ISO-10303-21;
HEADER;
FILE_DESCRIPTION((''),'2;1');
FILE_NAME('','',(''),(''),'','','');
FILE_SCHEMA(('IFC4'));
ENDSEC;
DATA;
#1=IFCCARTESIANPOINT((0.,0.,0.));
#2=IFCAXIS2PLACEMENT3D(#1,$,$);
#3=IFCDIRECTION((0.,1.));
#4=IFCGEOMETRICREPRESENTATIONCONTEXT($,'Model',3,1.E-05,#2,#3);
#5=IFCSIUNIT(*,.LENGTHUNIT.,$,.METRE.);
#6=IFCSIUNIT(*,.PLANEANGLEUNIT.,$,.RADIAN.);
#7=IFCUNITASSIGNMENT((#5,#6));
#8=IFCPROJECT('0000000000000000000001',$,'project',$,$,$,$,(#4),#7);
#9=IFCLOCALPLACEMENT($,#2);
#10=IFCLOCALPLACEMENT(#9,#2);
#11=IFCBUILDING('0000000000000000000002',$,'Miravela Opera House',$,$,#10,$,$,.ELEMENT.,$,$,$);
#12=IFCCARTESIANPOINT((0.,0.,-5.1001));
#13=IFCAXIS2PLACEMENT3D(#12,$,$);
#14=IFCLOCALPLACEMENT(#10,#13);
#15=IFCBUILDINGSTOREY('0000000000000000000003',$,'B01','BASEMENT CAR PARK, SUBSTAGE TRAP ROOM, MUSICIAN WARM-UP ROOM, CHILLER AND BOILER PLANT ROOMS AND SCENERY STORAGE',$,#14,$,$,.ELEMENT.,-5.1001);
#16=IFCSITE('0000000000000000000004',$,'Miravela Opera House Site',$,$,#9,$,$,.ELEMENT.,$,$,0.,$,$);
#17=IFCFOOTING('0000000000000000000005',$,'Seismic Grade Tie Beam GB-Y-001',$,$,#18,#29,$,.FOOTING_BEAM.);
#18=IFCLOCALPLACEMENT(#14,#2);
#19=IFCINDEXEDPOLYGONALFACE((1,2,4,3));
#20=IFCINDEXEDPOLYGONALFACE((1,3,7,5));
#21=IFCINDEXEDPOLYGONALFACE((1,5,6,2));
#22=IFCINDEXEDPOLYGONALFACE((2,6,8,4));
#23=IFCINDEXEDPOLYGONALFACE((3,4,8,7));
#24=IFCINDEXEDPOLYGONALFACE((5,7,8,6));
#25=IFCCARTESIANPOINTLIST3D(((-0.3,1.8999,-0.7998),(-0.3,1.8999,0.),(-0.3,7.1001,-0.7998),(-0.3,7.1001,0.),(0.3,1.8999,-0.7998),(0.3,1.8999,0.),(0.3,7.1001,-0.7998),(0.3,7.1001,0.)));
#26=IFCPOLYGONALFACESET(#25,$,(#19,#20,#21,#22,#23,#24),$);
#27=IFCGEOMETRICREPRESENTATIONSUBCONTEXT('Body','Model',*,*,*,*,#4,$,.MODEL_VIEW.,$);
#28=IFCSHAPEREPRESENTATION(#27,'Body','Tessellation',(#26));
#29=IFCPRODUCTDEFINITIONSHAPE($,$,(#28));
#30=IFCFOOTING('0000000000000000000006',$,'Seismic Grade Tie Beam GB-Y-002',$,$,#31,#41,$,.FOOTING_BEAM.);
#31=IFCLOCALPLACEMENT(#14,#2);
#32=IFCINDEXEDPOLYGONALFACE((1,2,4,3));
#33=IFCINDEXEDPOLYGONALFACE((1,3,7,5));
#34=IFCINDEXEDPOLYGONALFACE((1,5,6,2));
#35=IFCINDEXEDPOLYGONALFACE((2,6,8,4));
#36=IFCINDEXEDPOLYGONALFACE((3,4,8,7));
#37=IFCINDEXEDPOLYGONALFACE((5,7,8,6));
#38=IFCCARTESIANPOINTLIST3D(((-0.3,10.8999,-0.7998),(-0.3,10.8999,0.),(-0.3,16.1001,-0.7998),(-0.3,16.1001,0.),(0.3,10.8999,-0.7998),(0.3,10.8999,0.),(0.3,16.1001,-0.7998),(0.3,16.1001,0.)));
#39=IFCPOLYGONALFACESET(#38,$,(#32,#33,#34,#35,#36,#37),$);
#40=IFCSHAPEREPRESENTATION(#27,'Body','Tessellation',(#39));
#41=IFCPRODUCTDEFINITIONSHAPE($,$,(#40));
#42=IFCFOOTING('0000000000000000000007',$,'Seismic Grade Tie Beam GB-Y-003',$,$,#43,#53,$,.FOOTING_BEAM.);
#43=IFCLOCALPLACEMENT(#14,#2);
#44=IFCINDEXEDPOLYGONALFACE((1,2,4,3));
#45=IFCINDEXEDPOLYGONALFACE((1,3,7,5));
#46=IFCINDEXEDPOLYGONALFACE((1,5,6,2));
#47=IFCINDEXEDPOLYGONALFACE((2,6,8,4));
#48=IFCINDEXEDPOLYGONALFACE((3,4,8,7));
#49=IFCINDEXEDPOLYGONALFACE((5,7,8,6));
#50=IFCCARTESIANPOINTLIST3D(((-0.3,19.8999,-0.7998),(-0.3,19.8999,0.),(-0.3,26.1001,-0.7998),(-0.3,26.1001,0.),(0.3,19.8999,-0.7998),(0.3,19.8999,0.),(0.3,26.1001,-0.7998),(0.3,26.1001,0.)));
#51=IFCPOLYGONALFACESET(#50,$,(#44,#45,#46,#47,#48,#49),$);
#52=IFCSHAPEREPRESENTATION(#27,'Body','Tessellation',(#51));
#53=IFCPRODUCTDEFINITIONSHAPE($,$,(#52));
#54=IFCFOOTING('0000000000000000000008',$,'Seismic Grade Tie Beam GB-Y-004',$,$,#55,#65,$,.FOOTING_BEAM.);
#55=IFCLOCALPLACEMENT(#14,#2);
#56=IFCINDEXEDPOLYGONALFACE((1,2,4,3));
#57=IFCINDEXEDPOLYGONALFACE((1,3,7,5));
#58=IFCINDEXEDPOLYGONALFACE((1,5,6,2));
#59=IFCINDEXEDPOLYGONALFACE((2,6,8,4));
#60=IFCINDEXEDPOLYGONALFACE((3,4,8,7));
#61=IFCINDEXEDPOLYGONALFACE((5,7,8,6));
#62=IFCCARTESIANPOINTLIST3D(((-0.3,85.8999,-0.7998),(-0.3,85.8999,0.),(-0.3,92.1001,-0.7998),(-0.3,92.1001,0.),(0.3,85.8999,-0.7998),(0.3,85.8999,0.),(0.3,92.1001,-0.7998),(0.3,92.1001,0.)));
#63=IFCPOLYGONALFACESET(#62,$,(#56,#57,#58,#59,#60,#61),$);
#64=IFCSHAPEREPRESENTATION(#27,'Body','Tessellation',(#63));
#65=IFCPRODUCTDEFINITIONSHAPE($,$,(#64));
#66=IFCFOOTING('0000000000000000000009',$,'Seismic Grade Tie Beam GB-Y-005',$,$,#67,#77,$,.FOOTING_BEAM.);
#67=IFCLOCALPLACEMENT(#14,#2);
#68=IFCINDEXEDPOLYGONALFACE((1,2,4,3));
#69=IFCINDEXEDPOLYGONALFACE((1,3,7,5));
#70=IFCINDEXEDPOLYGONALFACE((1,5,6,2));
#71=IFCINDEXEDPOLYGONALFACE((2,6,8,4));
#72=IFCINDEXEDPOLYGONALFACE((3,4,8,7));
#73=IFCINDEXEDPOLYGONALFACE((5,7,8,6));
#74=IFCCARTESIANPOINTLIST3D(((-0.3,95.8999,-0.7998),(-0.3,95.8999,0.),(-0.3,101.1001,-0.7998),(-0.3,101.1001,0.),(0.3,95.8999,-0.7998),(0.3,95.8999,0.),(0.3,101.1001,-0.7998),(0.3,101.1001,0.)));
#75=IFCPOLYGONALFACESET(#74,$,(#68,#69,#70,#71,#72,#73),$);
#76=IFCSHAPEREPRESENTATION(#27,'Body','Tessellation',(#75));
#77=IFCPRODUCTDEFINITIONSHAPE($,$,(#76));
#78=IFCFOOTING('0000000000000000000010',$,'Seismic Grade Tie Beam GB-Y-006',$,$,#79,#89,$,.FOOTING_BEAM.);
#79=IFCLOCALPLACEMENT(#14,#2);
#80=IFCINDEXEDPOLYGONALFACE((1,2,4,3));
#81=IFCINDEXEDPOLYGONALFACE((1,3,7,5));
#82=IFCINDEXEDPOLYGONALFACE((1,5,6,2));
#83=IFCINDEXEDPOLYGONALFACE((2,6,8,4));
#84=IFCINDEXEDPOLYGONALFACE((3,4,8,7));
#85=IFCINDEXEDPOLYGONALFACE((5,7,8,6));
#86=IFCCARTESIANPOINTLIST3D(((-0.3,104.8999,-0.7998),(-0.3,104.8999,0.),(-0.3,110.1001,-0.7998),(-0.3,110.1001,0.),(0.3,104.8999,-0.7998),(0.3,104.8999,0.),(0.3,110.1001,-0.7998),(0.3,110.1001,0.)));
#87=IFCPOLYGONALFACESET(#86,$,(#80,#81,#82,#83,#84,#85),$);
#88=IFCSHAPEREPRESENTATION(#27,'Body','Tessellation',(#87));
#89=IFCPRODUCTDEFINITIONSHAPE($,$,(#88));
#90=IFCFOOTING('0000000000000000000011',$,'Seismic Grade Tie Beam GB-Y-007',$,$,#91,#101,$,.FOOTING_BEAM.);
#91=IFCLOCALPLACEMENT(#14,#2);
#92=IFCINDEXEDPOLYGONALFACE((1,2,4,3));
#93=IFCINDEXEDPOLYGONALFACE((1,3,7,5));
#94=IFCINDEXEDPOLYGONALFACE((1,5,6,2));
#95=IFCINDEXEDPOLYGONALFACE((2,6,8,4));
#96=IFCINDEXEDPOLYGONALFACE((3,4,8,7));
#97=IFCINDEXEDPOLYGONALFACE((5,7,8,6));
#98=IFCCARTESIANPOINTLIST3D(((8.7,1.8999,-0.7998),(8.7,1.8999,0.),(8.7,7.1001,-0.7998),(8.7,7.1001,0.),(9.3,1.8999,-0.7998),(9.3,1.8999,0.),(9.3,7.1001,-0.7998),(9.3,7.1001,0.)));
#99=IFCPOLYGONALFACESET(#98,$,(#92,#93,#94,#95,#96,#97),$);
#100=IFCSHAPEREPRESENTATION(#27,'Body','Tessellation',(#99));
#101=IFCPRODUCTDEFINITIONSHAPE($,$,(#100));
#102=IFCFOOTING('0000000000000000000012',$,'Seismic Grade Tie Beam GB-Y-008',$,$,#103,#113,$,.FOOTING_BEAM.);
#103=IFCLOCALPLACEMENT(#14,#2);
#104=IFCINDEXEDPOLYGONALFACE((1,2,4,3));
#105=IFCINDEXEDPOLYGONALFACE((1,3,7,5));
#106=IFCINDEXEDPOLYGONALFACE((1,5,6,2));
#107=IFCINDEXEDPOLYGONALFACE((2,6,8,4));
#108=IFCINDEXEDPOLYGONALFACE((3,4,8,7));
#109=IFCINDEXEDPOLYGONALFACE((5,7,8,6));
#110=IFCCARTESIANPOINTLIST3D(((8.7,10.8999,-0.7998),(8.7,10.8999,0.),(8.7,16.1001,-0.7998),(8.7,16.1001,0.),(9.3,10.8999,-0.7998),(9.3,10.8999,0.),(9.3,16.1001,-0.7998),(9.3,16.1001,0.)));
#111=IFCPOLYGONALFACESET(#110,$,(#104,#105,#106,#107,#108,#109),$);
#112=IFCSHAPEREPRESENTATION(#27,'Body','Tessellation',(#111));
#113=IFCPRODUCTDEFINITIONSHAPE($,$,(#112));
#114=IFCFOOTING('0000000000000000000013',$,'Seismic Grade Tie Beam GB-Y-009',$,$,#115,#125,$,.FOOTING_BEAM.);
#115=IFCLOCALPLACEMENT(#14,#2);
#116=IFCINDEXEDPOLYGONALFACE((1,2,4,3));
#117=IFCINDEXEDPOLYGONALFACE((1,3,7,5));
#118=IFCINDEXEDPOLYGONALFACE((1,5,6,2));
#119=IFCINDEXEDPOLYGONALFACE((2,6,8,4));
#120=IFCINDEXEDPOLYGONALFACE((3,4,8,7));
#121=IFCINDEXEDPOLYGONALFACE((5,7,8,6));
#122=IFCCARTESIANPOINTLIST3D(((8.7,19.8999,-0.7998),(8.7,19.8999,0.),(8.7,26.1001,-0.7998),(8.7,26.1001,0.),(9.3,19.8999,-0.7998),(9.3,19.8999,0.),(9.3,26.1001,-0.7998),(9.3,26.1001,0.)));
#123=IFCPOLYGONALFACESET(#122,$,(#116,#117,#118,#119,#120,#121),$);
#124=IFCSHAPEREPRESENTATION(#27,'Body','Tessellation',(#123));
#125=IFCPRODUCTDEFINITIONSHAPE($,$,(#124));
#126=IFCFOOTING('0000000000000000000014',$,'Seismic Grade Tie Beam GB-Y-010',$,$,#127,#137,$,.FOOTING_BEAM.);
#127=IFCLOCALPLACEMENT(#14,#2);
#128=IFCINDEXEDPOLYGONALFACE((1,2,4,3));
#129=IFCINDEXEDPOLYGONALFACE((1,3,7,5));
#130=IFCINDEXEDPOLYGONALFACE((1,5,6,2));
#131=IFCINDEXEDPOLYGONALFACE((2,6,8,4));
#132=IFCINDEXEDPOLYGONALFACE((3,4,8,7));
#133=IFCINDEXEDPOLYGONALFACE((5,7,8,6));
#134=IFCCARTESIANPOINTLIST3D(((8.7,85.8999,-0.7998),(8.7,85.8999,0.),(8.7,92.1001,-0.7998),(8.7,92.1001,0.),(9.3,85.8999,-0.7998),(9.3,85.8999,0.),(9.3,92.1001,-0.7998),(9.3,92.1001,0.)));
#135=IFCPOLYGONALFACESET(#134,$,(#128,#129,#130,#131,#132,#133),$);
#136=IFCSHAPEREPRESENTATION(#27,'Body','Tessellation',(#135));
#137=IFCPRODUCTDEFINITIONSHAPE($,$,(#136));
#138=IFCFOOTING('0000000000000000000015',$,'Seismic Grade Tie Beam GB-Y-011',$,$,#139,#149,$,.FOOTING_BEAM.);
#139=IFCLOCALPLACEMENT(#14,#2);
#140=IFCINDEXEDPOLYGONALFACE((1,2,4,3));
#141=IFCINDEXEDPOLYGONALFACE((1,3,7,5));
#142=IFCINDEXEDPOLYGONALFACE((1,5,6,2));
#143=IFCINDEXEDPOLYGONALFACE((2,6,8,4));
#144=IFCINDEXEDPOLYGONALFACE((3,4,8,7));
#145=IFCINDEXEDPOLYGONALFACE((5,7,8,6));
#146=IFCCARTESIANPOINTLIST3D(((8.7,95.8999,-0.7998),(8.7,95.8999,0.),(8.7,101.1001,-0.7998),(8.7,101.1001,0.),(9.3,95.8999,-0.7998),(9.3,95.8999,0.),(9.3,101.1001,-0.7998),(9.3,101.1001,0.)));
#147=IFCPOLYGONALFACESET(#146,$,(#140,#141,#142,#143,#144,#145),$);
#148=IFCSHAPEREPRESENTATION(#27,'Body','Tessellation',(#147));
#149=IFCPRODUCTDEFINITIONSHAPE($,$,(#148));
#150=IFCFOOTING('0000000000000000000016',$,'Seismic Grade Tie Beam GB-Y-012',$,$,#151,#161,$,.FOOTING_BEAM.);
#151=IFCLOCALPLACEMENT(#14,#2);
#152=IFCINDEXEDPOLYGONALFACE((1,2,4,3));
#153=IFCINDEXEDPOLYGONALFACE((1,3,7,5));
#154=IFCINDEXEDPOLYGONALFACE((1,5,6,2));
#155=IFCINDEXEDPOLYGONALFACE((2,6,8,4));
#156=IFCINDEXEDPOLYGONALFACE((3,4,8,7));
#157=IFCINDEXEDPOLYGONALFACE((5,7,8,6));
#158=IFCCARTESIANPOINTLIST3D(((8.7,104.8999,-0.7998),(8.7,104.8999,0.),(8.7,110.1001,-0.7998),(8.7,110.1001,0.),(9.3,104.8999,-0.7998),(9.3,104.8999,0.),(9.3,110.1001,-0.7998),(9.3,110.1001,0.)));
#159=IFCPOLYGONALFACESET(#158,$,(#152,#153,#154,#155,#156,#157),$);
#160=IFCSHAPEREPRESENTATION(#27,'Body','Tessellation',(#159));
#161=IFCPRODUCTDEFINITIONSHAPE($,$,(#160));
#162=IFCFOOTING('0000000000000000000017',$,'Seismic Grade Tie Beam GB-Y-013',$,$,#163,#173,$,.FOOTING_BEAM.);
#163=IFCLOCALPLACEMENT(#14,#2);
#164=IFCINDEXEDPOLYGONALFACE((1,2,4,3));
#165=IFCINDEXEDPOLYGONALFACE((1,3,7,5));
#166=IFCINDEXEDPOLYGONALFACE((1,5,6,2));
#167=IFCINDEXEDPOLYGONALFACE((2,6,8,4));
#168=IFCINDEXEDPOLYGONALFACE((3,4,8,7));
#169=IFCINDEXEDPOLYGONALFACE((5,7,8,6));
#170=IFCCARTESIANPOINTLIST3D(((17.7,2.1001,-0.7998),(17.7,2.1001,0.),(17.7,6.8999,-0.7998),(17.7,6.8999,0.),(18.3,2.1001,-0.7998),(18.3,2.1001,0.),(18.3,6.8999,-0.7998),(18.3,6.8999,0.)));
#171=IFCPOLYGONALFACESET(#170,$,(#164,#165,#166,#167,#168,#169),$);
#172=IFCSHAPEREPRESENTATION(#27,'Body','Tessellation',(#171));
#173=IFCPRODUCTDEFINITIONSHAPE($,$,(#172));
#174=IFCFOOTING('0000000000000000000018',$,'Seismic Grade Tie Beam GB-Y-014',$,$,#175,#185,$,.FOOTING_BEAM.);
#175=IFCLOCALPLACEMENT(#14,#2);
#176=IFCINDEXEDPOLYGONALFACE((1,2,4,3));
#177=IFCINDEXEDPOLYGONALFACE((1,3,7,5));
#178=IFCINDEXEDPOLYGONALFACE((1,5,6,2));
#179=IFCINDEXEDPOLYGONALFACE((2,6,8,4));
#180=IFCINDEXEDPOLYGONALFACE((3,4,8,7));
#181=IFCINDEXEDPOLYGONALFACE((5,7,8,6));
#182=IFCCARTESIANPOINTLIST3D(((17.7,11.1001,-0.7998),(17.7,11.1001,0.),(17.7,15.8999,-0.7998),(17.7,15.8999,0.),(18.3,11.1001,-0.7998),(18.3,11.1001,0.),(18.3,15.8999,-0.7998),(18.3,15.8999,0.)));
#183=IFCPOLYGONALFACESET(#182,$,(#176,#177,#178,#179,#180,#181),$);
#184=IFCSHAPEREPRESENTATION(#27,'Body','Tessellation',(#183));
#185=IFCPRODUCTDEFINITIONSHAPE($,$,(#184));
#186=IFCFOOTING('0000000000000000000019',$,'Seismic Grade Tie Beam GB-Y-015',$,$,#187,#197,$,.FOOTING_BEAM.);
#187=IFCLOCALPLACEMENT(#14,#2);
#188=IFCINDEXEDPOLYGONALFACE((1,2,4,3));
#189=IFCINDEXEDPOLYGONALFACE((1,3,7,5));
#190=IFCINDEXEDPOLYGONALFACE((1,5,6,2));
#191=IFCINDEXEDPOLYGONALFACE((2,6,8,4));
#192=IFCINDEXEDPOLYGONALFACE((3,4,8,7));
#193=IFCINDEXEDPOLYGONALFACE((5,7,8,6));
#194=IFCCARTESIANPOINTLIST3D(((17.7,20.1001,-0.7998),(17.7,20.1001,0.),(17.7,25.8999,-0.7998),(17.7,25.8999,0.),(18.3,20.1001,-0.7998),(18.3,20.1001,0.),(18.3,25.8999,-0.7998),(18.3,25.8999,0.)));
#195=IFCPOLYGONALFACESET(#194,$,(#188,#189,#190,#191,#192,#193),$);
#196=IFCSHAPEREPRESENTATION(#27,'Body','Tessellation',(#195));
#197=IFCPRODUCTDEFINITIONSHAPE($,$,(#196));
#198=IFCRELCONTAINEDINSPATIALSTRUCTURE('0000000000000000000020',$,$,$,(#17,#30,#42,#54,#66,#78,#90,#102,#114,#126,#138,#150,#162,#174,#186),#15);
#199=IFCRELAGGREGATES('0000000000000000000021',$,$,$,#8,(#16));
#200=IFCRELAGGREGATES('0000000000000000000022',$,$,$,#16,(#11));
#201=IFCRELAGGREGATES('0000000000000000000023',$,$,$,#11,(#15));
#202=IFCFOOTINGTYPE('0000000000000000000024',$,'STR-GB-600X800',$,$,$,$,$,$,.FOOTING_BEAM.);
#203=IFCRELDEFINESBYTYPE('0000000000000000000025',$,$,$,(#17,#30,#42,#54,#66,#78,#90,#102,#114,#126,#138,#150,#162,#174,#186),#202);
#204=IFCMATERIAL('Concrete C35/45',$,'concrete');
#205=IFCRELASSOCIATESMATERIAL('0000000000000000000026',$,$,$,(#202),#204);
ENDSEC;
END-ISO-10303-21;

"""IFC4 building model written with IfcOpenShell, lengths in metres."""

from ifc_helpers import new_model, si_unit, direction, frame, origin, place, context, subcontext, project, spatial, polyline, outline, extrude, material, type_object, element, save


model = new_model("IFC4")

# Units and contexts
model_context = context("Model", 3, precision=1e-05, world=origin(), true_north=direction((0.0, 1.0)))
body_context = subcontext(model_context, "Body", "Model", "MODEL_VIEW")
ifc_project = project(units=[si_unit("LENGTHUNIT", "METRE"), si_unit("PLANEANGLEUNIT", "RADIAN")], contexts=[model_context])

# Site, building, storey
site_placement = place(None, origin())
site = spatial("IfcSite", under=ifc_project, at=site_placement, Name="Miravela Opera House Site", CompositionType="ELEMENT", RefElevation=0.0)
building_placement = place(site_placement, origin())
building = spatial("IfcBuilding", under=site, at=building_placement, Name="Miravela Opera House", CompositionType="ELEMENT")
storey_placement = place(building_placement, frame((0.0, 0.0, -5.1001)))
storey = spatial("IfcBuildingStorey", under=building, at=storey_placement, Name="B01", Description="BASEMENT CAR PARK, SUBSTAGE TRAP ROOM, MUSICIAN WARM-UP ROOM, CHILLER AND BOILER PLANT ROOMS AND SCENERY STORAGE", CompositionType="ELEMENT", Elevation=-5.1001)

# Footings
ifc_material = material(Name="Concrete C35/45", Category="concrete")
footing_type_1 = type_object("IfcFootingType", Name="STR-GB-600X800", PredefinedType="FOOTING_BEAM", material=ifc_material)
footing_1_placement = place(storey_placement, frame((0.0, 0.0, -0.7998)))
element("IfcFooting", 1, at=footing_1_placement, inside=storey, type_object=footing_type_1, Name="Seismic Grade Tie Beam GB-Y-001", PredefinedType="FOOTING_BEAM", context=body_context, shape_type="SweptSolid", body=[
    extrude(outline(polyline([(-0.3, 1.8999), (0.3, 1.8999), (0.3, 7.1001), (-0.3, 7.1001), (-0.3, 1.8999)])), origin(), (0.0, 0.0, 1.0), 0.7998),
])
footing_2_placement = place(storey_placement, frame((0.0, 0.0, -0.7998)))
element("IfcFooting", 2, at=footing_2_placement, inside=storey, type_object=footing_type_1, Name="Seismic Grade Tie Beam GB-Y-002", PredefinedType="FOOTING_BEAM", context=body_context, shape_type="SweptSolid", body=[
    extrude(outline(polyline([(-0.3, 10.8999), (0.3, 10.8999), (0.3, 16.1001), (-0.3, 16.1001), (-0.3, 10.8999)])), origin(), (0.0, 0.0, 1.0), 0.7998),
])
footing_3_placement = place(storey_placement, frame((0.0, 0.0, -0.7998)))
element("IfcFooting", 3, at=footing_3_placement, inside=storey, type_object=footing_type_1, Name="Seismic Grade Tie Beam GB-Y-003", PredefinedType="FOOTING_BEAM", context=body_context, shape_type="SweptSolid", body=[
    extrude(outline(polyline([(-0.3, 19.8999), (0.3, 19.8999), (0.3, 26.1001), (-0.3, 26.1001), (-0.3, 19.8999)])), origin(), (0.0, 0.0, 1.0), 0.7998),
])
footing_4_placement = place(storey_placement, frame((0.0, 0.0, -0.7998)))
element("IfcFooting", 4, at=footing_4_placement, inside=storey, type_object=footing_type_1, Name="Seismic Grade Tie Beam GB-Y-004", PredefinedType="FOOTING_BEAM", context=body_context, shape_type="SweptSolid", body=[
    extrude(outline(polyline([(-0.3, 85.8999), (0.3, 85.8999), (0.3, 92.1001), (-0.3, 92.1001), (-0.3, 85.8999)])), origin(), (0.0, 0.0, 1.0), 0.7998),
])
footing_5_placement = place(storey_placement, frame((0.0, 0.0, -0.7998)))
element("IfcFooting", 5, at=footing_5_placement, inside=storey, type_object=footing_type_1, Name="Seismic Grade Tie Beam GB-Y-005", PredefinedType="FOOTING_BEAM", context=body_context, shape_type="SweptSolid", body=[
    extrude(outline(polyline([(-0.3, 95.8999), (0.3, 95.8999), (0.3, 101.1001), (-0.3, 101.1001), (-0.3, 95.8999)])), origin(), (0.0, 0.0, 1.0), 0.7998),
])
footing_6_placement = place(storey_placement, frame((0.0, 0.0, -0.7998)))
element("IfcFooting", 6, at=footing_6_placement, inside=storey, type_object=footing_type_1, Name="Seismic Grade Tie Beam GB-Y-006", PredefinedType="FOOTING_BEAM", context=body_context, shape_type="SweptSolid", body=[
    extrude(outline(polyline([(-0.3, 104.8999), (0.3, 104.8999), (0.3, 110.1001), (-0.3, 110.1001), (-0.3, 104.8999)])), origin(), (0.0, 0.0, 1.0), 0.7998),
])
footing_7_placement = place(storey_placement, frame((0.0, 0.0, -0.7998)))
element("IfcFooting", 7, at=footing_7_placement, inside=storey, type_object=footing_type_1, Name="Seismic Grade Tie Beam GB-Y-007", PredefinedType="FOOTING_BEAM", context=body_context, shape_type="SweptSolid", body=[
    extrude(outline(polyline([(8.7, 1.8999), (9.3, 1.8999), (9.3, 7.1001), (8.7, 7.1001), (8.7, 1.8999)])), origin(), (0.0, 0.0, 1.0), 0.7998),
])
footing_8_placement = place(storey_placement, frame((0.0, 0.0, -0.7998)))
element("IfcFooting", 8, at=footing_8_placement, inside=storey, type_object=footing_type_1, Name="Seismic Grade Tie Beam GB-Y-008", PredefinedType="FOOTING_BEAM", context=body_context, shape_type="SweptSolid", body=[
    extrude(outline(polyline([(8.7, 10.8999), (9.3, 10.8999), (9.3, 16.1001), (8.7, 16.1001), (8.7, 10.8999)])), origin(), (0.0, 0.0, 1.0), 0.7998),
])
footing_9_placement = place(storey_placement, frame((0.0, 0.0, -0.7998)))
element("IfcFooting", 9, at=footing_9_placement, inside=storey, type_object=footing_type_1, Name="Seismic Grade Tie Beam GB-Y-009", PredefinedType="FOOTING_BEAM", context=body_context, shape_type="SweptSolid", body=[
    extrude(outline(polyline([(8.7, 19.8999), (9.3, 19.8999), (9.3, 26.1001), (8.7, 26.1001), (8.7, 19.8999)])), origin(), (0.0, 0.0, 1.0), 0.7998),
])
footing_10_placement = place(storey_placement, frame((0.0, 0.0, -0.7998)))
element("IfcFooting", 10, at=footing_10_placement, inside=storey, type_object=footing_type_1, Name="Seismic Grade Tie Beam GB-Y-010", PredefinedType="FOOTING_BEAM", context=body_context, shape_type="SweptSolid", body=[
    extrude(outline(polyline([(8.7, 85.8999), (9.3, 85.8999), (9.3, 92.1001), (8.7, 92.1001), (8.7, 85.8999)])), origin(), (0.0, 0.0, 1.0), 0.7998),
])
footing_11_placement = place(storey_placement, frame((0.0, 0.0, -0.7998)))
element("IfcFooting", 11, at=footing_11_placement, inside=storey, type_object=footing_type_1, Name="Seismic Grade Tie Beam GB-Y-011", PredefinedType="FOOTING_BEAM", context=body_context, shape_type="SweptSolid", body=[
    extrude(outline(polyline([(8.7, 95.8999), (9.3, 95.8999), (9.3, 101.1001), (8.7, 101.1001), (8.7, 95.8999)])), origin(), (0.0, 0.0, 1.0), 0.7998),
])
footing_12_placement = place(storey_placement, frame((0.0, 0.0, -0.7998)))
element("IfcFooting", 12, at=footing_12_placement, inside=storey, type_object=footing_type_1, Name="Seismic Grade Tie Beam GB-Y-012", PredefinedType="FOOTING_BEAM", context=body_context, shape_type="SweptSolid", body=[
    extrude(outline(polyline([(8.7, 104.8999), (9.3, 104.8999), (9.3, 110.1001), (8.7, 110.1001), (8.7, 104.8999)])), origin(), (0.0, 0.0, 1.0), 0.7998),
])
footing_13_placement = place(storey_placement, frame((0.0, 0.0, -0.7998)))
element("IfcFooting", 13, at=footing_13_placement, inside=storey, type_object=footing_type_1, Name="Seismic Grade Tie Beam GB-Y-013", PredefinedType="FOOTING_BEAM", context=body_context, shape_type="SweptSolid", body=[
    extrude(outline(polyline([(17.7, 2.1001), (18.3, 2.1001), (18.3, 6.8999), (17.7, 6.8999), (17.7, 2.1001)])), origin(), (0.0, 0.0, 1.0), 0.7998),
])
footing_14_placement = place(storey_placement, frame((0.0, 0.0, -0.7998)))
element("IfcFooting", 14, at=footing_14_placement, inside=storey, type_object=footing_type_1, Name="Seismic Grade Tie Beam GB-Y-014", PredefinedType="FOOTING_BEAM", context=body_context, shape_type="SweptSolid", body=[
    extrude(outline(polyline([(17.7, 11.1001), (18.3, 11.1001), (18.3, 15.8999), (17.7, 15.8999), (17.7, 11.1001)])), origin(), (0.0, 0.0, 1.0), 0.7998),
])
footing_15_placement = place(storey_placement, frame((0.0, 0.0, -0.7998)))
element("IfcFooting", 15, at=footing_15_placement, inside=storey, type_object=footing_type_1, Name="Seismic Grade Tie Beam GB-Y-015", PredefinedType="FOOTING_BEAM", context=body_context, shape_type="SweptSolid", body=[
    extrude(outline(polyline([(17.7, 20.1001), (18.3, 20.1001), (18.3, 25.8999), (17.7, 25.8999), (17.7, 20.1001)])), origin(), (0.0, 0.0, 1.0), 0.7998),
])

save(model, "model.ifc")
